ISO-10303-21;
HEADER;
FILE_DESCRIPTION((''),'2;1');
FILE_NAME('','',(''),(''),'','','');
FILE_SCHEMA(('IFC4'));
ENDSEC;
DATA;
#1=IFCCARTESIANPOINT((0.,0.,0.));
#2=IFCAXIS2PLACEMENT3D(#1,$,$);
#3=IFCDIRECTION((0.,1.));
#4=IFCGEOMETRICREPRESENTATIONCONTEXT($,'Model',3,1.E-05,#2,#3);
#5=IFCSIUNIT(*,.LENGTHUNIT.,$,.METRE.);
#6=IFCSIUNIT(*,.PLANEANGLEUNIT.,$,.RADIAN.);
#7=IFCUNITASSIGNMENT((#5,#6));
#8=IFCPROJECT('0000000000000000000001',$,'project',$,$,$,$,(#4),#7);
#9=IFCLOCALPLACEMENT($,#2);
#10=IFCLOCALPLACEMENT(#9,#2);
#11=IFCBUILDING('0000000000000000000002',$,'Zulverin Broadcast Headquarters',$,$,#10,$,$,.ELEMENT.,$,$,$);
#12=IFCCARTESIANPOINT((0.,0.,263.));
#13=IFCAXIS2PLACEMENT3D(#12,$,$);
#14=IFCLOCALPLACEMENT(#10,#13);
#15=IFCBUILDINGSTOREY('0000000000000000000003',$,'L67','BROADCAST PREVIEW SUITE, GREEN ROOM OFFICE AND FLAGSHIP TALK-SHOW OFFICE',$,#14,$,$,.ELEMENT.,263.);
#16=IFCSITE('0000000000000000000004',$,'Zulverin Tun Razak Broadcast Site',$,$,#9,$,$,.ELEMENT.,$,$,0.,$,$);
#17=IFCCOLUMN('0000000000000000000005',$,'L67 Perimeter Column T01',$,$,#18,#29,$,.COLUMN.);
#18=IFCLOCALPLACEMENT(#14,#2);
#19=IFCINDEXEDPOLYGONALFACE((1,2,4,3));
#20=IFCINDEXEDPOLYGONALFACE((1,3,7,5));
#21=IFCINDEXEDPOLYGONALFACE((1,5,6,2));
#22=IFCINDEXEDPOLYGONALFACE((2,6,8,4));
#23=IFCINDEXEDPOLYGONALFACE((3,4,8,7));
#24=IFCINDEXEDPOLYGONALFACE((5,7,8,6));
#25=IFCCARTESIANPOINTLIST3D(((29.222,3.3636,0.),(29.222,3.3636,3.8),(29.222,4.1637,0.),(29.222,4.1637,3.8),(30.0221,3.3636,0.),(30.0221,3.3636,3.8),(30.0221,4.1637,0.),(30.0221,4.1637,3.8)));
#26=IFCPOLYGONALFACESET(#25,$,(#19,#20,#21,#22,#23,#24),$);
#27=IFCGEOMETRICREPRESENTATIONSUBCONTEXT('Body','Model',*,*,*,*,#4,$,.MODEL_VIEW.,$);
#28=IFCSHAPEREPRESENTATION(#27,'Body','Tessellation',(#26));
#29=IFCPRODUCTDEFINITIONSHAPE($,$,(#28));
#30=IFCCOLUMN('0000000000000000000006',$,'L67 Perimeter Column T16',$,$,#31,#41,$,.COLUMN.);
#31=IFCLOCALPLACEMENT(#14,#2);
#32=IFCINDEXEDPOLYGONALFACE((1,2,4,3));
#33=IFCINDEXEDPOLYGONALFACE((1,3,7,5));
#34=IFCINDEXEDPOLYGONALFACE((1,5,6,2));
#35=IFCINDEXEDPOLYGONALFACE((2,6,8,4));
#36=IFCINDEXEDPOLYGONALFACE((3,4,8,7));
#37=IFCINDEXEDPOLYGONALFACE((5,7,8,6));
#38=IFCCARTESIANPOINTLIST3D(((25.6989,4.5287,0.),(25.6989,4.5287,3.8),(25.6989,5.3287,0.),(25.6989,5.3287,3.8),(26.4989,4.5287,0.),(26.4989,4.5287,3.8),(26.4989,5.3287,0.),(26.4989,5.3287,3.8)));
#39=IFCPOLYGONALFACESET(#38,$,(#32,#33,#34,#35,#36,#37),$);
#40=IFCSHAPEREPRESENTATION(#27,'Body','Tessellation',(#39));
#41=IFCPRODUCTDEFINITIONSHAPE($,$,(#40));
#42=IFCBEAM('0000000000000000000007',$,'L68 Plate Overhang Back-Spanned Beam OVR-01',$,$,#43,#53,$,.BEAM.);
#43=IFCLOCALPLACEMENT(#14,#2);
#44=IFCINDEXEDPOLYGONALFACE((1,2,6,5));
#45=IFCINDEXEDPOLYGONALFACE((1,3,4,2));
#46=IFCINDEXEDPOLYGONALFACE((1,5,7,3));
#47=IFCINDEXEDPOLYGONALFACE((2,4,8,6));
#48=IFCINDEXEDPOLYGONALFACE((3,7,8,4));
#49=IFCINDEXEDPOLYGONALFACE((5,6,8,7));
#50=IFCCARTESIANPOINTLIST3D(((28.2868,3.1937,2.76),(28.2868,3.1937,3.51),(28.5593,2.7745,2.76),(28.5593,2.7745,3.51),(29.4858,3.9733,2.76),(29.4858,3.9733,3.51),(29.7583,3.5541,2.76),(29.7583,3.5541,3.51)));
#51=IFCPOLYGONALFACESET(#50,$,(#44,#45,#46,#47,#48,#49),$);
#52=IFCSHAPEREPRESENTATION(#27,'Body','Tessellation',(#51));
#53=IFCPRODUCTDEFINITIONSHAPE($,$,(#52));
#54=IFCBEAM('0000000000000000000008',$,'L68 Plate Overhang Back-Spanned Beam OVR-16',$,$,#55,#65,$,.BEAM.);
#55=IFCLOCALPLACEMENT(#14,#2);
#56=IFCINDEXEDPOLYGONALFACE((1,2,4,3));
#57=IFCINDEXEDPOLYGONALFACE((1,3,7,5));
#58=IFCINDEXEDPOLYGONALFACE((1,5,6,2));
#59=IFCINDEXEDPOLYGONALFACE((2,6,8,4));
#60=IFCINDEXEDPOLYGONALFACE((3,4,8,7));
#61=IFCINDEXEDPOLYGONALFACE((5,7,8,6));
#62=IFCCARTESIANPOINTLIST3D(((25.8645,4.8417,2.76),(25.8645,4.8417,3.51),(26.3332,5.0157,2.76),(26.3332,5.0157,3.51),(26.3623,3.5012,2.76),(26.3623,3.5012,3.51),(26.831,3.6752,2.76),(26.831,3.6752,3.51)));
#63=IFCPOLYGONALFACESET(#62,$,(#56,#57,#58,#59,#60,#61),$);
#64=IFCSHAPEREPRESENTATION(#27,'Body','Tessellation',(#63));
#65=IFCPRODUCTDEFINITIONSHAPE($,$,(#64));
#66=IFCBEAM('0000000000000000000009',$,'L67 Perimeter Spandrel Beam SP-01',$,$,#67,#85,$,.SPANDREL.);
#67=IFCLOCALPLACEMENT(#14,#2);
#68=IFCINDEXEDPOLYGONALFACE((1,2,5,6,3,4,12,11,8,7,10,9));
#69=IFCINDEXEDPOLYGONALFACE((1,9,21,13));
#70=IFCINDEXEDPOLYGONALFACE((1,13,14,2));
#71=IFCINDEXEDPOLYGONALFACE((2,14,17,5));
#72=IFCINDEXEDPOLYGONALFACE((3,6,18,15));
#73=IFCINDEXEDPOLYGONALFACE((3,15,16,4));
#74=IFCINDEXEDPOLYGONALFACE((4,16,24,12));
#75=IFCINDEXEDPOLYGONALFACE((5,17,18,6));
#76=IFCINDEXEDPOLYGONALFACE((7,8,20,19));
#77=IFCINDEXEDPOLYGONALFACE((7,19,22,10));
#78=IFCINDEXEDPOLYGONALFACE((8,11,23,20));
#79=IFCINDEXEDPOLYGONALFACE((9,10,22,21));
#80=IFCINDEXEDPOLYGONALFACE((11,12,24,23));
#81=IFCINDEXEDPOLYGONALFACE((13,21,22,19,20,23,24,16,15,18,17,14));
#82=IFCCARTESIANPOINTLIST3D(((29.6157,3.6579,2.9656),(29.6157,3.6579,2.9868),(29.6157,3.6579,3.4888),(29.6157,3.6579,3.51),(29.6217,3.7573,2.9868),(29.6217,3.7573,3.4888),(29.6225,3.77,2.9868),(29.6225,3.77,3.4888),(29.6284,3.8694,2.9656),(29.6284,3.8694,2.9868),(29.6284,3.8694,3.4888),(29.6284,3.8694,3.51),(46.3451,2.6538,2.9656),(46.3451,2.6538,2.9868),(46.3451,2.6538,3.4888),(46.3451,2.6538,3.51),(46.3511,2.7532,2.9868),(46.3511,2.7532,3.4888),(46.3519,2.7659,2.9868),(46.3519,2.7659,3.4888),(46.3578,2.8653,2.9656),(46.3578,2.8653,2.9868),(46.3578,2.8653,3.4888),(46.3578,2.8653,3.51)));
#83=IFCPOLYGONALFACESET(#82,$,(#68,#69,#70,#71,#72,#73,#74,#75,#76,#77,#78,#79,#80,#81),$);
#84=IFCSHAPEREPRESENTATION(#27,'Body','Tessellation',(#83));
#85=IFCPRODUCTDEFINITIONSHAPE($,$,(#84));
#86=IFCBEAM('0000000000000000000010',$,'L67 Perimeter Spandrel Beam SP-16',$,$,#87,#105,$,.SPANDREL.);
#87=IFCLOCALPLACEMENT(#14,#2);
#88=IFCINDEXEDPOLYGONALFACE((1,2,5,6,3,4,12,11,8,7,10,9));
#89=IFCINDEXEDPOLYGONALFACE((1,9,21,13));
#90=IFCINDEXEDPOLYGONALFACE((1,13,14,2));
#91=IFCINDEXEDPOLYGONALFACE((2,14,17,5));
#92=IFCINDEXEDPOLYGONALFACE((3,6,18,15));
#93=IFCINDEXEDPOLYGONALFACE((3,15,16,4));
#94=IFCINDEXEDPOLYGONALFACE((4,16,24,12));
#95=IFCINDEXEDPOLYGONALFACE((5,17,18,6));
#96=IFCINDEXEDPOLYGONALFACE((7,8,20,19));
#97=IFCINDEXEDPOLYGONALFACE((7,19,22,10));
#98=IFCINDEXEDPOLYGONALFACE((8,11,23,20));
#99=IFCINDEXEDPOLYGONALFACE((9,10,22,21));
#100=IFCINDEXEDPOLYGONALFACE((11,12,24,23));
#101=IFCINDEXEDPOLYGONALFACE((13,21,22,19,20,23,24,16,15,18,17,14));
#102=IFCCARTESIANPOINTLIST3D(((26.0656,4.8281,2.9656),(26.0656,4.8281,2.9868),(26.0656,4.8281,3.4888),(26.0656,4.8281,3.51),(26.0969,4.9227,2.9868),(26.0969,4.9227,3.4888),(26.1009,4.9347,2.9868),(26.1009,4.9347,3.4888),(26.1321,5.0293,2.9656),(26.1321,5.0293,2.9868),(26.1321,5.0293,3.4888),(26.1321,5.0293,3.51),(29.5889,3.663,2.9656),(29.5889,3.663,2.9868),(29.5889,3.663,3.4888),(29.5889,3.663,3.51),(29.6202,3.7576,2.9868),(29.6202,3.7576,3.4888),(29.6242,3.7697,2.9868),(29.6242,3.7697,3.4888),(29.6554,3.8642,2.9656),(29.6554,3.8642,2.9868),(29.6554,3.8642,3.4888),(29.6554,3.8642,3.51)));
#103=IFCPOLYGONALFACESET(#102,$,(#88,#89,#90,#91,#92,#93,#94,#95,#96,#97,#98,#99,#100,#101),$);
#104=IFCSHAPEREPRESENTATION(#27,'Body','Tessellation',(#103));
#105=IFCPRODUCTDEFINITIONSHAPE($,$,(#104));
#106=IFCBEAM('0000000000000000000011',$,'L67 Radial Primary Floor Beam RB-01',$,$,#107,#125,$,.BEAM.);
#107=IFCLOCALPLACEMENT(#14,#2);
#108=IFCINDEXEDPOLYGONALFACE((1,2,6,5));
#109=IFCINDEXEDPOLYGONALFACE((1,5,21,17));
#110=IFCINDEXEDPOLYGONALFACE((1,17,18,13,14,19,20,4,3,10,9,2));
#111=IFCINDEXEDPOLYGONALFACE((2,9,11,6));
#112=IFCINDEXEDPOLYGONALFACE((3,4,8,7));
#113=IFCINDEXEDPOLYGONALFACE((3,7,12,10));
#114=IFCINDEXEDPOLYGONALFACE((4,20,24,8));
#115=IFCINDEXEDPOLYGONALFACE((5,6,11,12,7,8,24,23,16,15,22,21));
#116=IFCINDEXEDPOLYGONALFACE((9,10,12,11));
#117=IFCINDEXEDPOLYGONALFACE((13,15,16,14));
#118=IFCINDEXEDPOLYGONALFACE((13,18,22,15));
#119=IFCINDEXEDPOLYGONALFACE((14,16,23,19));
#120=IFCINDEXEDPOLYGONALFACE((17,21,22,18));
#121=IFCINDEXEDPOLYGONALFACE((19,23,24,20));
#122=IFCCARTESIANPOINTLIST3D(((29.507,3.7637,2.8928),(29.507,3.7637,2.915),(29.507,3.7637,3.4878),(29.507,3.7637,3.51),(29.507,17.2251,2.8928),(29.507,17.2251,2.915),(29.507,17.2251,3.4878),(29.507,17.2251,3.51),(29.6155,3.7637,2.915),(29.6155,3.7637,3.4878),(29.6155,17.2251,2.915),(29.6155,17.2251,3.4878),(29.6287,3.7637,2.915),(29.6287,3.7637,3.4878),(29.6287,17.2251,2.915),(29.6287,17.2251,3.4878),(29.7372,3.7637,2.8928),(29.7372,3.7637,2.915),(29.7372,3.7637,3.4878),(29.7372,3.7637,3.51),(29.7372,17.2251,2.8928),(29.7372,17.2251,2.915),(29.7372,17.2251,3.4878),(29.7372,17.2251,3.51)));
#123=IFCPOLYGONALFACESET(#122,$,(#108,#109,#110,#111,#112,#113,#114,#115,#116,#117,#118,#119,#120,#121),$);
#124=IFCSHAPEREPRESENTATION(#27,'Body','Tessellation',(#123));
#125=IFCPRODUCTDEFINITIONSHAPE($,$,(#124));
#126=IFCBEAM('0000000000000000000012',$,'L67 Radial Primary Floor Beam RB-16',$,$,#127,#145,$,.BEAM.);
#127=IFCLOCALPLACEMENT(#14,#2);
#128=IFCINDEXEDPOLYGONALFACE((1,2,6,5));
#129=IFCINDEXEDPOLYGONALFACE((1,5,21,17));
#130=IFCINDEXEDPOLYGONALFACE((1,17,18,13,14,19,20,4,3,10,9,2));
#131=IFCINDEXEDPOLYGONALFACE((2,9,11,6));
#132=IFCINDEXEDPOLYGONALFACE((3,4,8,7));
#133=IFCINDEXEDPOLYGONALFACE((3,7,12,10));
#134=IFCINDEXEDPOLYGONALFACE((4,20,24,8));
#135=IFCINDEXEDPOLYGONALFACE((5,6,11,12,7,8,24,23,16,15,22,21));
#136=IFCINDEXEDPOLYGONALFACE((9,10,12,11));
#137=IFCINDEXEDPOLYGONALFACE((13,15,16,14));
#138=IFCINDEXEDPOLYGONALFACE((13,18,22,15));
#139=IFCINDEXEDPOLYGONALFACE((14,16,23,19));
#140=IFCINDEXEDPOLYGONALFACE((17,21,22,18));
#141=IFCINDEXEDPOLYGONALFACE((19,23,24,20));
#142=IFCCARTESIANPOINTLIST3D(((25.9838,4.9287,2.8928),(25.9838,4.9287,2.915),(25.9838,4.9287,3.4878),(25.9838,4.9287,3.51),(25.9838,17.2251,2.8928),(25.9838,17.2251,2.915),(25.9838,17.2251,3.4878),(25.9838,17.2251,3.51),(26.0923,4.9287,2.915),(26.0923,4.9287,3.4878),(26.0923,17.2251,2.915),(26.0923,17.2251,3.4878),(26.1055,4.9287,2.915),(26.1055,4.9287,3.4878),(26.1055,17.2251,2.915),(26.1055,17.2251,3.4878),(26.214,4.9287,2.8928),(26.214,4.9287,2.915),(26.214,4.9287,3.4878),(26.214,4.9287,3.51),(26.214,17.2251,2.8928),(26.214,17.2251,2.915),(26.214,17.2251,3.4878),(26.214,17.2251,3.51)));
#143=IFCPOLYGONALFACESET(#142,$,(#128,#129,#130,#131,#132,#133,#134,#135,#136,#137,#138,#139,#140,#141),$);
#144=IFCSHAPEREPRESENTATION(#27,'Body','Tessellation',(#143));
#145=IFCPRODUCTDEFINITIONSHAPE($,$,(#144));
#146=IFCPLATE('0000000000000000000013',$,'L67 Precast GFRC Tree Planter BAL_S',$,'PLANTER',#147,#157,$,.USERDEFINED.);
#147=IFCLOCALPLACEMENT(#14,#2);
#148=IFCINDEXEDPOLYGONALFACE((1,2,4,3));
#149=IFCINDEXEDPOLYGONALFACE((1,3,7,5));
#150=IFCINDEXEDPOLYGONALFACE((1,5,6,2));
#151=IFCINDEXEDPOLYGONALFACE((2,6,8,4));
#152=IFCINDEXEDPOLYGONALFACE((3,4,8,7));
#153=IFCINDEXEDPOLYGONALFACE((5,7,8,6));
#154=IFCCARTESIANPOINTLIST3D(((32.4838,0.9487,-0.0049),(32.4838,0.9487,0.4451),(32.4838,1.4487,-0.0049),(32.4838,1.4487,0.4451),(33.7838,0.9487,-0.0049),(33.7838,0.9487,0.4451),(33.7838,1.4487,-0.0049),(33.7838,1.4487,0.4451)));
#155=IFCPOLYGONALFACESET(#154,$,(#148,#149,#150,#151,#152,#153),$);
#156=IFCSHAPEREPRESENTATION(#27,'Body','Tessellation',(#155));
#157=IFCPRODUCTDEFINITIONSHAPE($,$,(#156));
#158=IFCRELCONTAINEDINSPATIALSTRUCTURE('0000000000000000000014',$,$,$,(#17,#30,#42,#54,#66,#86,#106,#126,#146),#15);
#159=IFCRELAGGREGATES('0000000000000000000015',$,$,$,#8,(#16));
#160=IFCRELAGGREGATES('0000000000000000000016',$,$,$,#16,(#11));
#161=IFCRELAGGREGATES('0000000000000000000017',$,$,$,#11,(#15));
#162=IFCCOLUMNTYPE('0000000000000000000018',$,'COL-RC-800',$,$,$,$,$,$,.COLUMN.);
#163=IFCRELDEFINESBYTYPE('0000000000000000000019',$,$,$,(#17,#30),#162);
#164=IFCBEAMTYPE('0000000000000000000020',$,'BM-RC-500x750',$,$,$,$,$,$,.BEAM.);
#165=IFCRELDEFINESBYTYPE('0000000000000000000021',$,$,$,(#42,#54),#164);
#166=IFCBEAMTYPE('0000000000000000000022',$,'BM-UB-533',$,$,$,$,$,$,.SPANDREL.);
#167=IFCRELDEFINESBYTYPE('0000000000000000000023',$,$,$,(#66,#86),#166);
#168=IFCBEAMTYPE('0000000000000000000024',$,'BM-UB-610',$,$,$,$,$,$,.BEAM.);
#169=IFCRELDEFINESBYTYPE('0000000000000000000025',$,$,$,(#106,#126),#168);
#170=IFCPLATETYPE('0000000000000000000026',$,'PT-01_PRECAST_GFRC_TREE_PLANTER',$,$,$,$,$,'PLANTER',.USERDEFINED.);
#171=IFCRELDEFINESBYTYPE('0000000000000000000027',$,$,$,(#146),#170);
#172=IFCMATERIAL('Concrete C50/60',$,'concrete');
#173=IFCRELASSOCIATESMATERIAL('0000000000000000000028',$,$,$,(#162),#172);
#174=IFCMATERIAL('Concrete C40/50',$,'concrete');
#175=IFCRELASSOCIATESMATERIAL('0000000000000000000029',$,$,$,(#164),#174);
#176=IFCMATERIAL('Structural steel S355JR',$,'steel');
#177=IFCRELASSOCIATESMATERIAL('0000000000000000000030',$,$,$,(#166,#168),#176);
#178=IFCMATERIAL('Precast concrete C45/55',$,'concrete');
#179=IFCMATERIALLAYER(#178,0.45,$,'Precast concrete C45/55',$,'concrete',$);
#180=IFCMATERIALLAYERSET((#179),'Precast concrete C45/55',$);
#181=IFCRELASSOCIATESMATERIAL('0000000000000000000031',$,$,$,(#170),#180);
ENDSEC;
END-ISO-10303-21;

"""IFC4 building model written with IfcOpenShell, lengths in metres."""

from ifc_helpers import new_model, si_unit, direction, frame, origin, origin_2d, place, context, subcontext, project, spatial, rectangle, i_section, extrude, material, layer, layer_set, material_profile, profile_set, type_object, element, save


model = new_model("IFC4")

# Units and contexts
model_context = context("Model", 3, precision=1e-05, world=origin(), true_north=direction((0.0, 1.0)))
body_context = subcontext(model_context, "Body", "Model", "MODEL_VIEW")
ifc_project = project(units=[si_unit("LENGTHUNIT", "METRE"), si_unit("PLANEANGLEUNIT", "RADIAN")], contexts=[model_context])

# Site, building, storey
site_placement = place(None, origin())
site = spatial("IfcSite", under=ifc_project, at=site_placement, Name="Zulverin Tun Razak Broadcast Site", CompositionType="ELEMENT", RefElevation=0.0)
building_placement = place(site_placement, origin())
building = spatial("IfcBuilding", under=site, at=building_placement, Name="Zulverin Broadcast Headquarters", CompositionType="ELEMENT")
storey_placement = place(building_placement, frame((0.0, 0.0, 263.0)))
storey = spatial("IfcBuildingStorey", under=building, at=storey_placement, Name="L67", Description="BROADCAST PREVIEW SUITE, GREEN ROOM OFFICE AND FLAGSHIP TALK-SHOW OFFICE", CompositionType="ELEMENT", Elevation=263.0)

# Columns
ifc_material_1 = material(Name="Concrete C50/60", Category="concrete")
ifc_material_profile_1 = material_profile(ifc_material_1, rectangle(XDim=0.8, YDim=0.8, at=origin_2d()), Name="Concrete C50/60", Category="concrete")
ifc_profile_set_1 = profile_set([ifc_material_profile_1], Name="Concrete C50/60")
column_type = type_object("IfcColumnType", Name="COL-RC-800", PredefinedType="COLUMN", material=ifc_profile_set_1)
for number, where, z_axis, x_axis, name in (
    (1, (29.6221, 3.7637, 0.0), (0.0, 0.0, 1.0), (1.0, 0.0, 0.0), "L67 Perimeter Column T01"),
    (2, (26.0989, 4.9287, 0.0), (0.0, 0.0, 1.0), (1.0, 0.0, 0.0), "L67 Perimeter Column T16"),
):
    element("IfcColumn", number, at=place(storey_placement, frame(where, z_axis=z_axis, x_axis=x_axis)), inside=storey, type_object=column_type, Name=name, PredefinedType="COLUMN", context=body_context, shape_type="SweptSolid", body=[
        extrude(rectangle(XDim=0.8, YDim=0.8, at=origin_2d()), origin(), (0.0, 0.0, 1.0), 3.8),
    ])

# Beams
ifc_material_2 = material(Name="Concrete C40/50", Category="concrete")
ifc_material_profile_2 = material_profile(ifc_material_2, rectangle(XDim=0.5, YDim=0.75, at=origin_2d()), Name="Concrete C40/50", Category="concrete")
ifc_profile_set_2 = profile_set([ifc_material_profile_2], Name="Concrete C40/50")
beam_type_1 = type_object("IfcBeamType", Name="BM-RC-500x750", PredefinedType="BEAM", material=ifc_profile_set_2)
beam_1_placement = place(storey_placement, frame((29.6221, 3.7637, 3.135), z_axis=(-0.838377, -0.54509, 0.0), x_axis=(0.54509, -0.838377, 0.0)))
element("IfcBeam", 3, at=beam_1_placement, inside=storey, type_object=beam_type_1, Name="L68 Plate Overhang Back-Spanned Beam OVR-01", PredefinedType="BEAM", context=body_context, shape_type="SweptSolid", body=[
    extrude(rectangle(XDim=0.5, YDim=0.75, at=origin_2d()), origin(), (0.0, 0.0, 1.0), 1.4302),
])
beam_2_placement = place(storey_placement, frame((26.0989, 4.9287, 3.135), z_axis=(0.348109, -0.937454, 0.0), x_axis=(0.937454, 0.348109, 0.0)))
element("IfcBeam", 4, at=beam_2_placement, inside=storey, type_object=beam_type_1, Name="L68 Plate Overhang Back-Spanned Beam OVR-16", PredefinedType="BEAM", context=body_context, shape_type="SweptSolid", body=[
    extrude(rectangle(XDim=0.5, YDim=0.75, at=origin_2d()), origin(), (0.0, 0.0, 1.0), 1.4299),
])
ifc_material_3 = material(Name="Structural steel S355JR", Category="steel")
ifc_material_profile_3 = material_profile(ifc_material_3, i_section(OverallWidth=0.2119, OverallDepth=0.5444, WebThickness=0.0127, FlangeThickness=0.0212, at=origin_2d()), Name="Structural steel S355JR", Category="steel")
ifc_profile_set_3 = profile_set([ifc_material_profile_3], Name="Structural steel S355JR")
beam_type_2 = type_object("IfcBeamType", Name="BM-UB-533", PredefinedType="SPANDREL", material=ifc_profile_set_3)
beam_3_placement = place(storey_placement, frame((29.6221, 3.7637, 3.2378), z_axis=(0.998203, -0.059915, 0.0), x_axis=(0.059915, 0.998203, 0.0)))
element("IfcBeam", 5, at=beam_3_placement, inside=storey, type_object=beam_type_2, Name="L67 Perimeter Spandrel Beam SP-01", PredefinedType="SPANDREL", context=body_context, shape_type="SweptSolid", body=[
    extrude(i_section(OverallWidth=0.2119, OverallDepth=0.5444, WebThickness=0.0127, FlangeThickness=0.0212, at=origin_2d()), origin(), (0.0, 0.0, 1.0), 16.7595),
])
beam_4_placement = place(storey_placement, frame((26.0989, 4.9287, 3.2378), z_axis=(0.949437, -0.313957, 0.0), x_axis=(0.313957, 0.949437, 0.0)))
element("IfcBeam", 6, at=beam_4_placement, inside=storey, type_object=beam_type_2, Name="L67 Perimeter Spandrel Beam SP-16", PredefinedType="SPANDREL", context=body_context, shape_type="SweptSolid", body=[
    extrude(i_section(OverallWidth=0.2119, OverallDepth=0.5444, WebThickness=0.0127, FlangeThickness=0.0212, at=origin_2d()), origin(), (0.0, 0.0, 1.0), 3.7109),
])
ifc_material_profile_4 = material_profile(ifc_material_3, i_section(OverallWidth=0.2302, OverallDepth=0.6172, WebThickness=0.0132, FlangeThickness=0.0222, at=origin_2d()), Name="Structural steel S355JR", Category="steel")
ifc_profile_set_4 = profile_set([ifc_material_profile_4], Name="Structural steel S355JR")
beam_type_3 = type_object("IfcBeamType", Name="BM-UB-610", PredefinedType="BEAM", material=ifc_profile_set_4)
beam_5_placement = place(storey_placement, frame((29.6221, 17.2251, 3.2014), z_axis=(0.0, -1.0, 0.0), x_axis=(1.0, 0.0, 0.0)))
element("IfcBeam", 7, at=beam_5_placement, inside=storey, type_object=beam_type_3, Name="L67 Radial Primary Floor Beam RB-01", PredefinedType="BEAM", context=body_context, shape_type="SweptSolid", body=[
    extrude(i_section(OverallWidth=0.2302, OverallDepth=0.6172, WebThickness=0.0132, FlangeThickness=0.0222, at=origin_2d()), origin(), (0.0, 0.0, 1.0), 13.4614),
])
beam_6_placement = place(storey_placement, frame((26.0989, 17.2251, 3.2014), z_axis=(0.0, -1.0, 0.0), x_axis=(1.0, 0.0, 0.0)))
element("IfcBeam", 8, at=beam_6_placement, inside=storey, type_object=beam_type_3, Name="L67 Radial Primary Floor Beam RB-16", PredefinedType="BEAM", context=body_context, shape_type="SweptSolid", body=[
    extrude(i_section(OverallWidth=0.2302, OverallDepth=0.6172, WebThickness=0.0132, FlangeThickness=0.0222, at=origin_2d()), origin(), (0.0, 0.0, 1.0), 12.2964),
])

# Plate
ifc_material_4 = material(Name="Precast concrete C45/55", Category="concrete")
ifc_layer_1 = layer(ifc_material_4, 0.45, Name="Precast concrete C45/55", Category="concrete")
ifc_layer_set_1 = layer_set([ifc_layer_1], Name="Precast concrete C45/55")
plate_type = type_object("IfcPlateType", Name="PT-01_PRECAST_GFRC_TREE_PLANTER", ElementType="PLANTER", PredefinedType="USERDEFINED", material=ifc_layer_set_1)
plate_placement = place(storey_placement, frame((33.1338, 1.1987, -0.0049), z_axis=(0.0, 0.0, 1.0), x_axis=(1.0, 0.0, 0.0)))
element("IfcPlate", 9, at=plate_placement, inside=storey, type_object=plate_type, Name="L67 Precast GFRC Tree Planter BAL_S", ObjectType="PLANTER", PredefinedType="USERDEFINED", context=body_context, shape_type="SweptSolid", body=[
    extrude(rectangle(XDim=1.3, YDim=0.5, at=origin_2d()), origin(), (0.0, 0.0, 1.0), 0.45),
])

save(model, "model.ifc")
